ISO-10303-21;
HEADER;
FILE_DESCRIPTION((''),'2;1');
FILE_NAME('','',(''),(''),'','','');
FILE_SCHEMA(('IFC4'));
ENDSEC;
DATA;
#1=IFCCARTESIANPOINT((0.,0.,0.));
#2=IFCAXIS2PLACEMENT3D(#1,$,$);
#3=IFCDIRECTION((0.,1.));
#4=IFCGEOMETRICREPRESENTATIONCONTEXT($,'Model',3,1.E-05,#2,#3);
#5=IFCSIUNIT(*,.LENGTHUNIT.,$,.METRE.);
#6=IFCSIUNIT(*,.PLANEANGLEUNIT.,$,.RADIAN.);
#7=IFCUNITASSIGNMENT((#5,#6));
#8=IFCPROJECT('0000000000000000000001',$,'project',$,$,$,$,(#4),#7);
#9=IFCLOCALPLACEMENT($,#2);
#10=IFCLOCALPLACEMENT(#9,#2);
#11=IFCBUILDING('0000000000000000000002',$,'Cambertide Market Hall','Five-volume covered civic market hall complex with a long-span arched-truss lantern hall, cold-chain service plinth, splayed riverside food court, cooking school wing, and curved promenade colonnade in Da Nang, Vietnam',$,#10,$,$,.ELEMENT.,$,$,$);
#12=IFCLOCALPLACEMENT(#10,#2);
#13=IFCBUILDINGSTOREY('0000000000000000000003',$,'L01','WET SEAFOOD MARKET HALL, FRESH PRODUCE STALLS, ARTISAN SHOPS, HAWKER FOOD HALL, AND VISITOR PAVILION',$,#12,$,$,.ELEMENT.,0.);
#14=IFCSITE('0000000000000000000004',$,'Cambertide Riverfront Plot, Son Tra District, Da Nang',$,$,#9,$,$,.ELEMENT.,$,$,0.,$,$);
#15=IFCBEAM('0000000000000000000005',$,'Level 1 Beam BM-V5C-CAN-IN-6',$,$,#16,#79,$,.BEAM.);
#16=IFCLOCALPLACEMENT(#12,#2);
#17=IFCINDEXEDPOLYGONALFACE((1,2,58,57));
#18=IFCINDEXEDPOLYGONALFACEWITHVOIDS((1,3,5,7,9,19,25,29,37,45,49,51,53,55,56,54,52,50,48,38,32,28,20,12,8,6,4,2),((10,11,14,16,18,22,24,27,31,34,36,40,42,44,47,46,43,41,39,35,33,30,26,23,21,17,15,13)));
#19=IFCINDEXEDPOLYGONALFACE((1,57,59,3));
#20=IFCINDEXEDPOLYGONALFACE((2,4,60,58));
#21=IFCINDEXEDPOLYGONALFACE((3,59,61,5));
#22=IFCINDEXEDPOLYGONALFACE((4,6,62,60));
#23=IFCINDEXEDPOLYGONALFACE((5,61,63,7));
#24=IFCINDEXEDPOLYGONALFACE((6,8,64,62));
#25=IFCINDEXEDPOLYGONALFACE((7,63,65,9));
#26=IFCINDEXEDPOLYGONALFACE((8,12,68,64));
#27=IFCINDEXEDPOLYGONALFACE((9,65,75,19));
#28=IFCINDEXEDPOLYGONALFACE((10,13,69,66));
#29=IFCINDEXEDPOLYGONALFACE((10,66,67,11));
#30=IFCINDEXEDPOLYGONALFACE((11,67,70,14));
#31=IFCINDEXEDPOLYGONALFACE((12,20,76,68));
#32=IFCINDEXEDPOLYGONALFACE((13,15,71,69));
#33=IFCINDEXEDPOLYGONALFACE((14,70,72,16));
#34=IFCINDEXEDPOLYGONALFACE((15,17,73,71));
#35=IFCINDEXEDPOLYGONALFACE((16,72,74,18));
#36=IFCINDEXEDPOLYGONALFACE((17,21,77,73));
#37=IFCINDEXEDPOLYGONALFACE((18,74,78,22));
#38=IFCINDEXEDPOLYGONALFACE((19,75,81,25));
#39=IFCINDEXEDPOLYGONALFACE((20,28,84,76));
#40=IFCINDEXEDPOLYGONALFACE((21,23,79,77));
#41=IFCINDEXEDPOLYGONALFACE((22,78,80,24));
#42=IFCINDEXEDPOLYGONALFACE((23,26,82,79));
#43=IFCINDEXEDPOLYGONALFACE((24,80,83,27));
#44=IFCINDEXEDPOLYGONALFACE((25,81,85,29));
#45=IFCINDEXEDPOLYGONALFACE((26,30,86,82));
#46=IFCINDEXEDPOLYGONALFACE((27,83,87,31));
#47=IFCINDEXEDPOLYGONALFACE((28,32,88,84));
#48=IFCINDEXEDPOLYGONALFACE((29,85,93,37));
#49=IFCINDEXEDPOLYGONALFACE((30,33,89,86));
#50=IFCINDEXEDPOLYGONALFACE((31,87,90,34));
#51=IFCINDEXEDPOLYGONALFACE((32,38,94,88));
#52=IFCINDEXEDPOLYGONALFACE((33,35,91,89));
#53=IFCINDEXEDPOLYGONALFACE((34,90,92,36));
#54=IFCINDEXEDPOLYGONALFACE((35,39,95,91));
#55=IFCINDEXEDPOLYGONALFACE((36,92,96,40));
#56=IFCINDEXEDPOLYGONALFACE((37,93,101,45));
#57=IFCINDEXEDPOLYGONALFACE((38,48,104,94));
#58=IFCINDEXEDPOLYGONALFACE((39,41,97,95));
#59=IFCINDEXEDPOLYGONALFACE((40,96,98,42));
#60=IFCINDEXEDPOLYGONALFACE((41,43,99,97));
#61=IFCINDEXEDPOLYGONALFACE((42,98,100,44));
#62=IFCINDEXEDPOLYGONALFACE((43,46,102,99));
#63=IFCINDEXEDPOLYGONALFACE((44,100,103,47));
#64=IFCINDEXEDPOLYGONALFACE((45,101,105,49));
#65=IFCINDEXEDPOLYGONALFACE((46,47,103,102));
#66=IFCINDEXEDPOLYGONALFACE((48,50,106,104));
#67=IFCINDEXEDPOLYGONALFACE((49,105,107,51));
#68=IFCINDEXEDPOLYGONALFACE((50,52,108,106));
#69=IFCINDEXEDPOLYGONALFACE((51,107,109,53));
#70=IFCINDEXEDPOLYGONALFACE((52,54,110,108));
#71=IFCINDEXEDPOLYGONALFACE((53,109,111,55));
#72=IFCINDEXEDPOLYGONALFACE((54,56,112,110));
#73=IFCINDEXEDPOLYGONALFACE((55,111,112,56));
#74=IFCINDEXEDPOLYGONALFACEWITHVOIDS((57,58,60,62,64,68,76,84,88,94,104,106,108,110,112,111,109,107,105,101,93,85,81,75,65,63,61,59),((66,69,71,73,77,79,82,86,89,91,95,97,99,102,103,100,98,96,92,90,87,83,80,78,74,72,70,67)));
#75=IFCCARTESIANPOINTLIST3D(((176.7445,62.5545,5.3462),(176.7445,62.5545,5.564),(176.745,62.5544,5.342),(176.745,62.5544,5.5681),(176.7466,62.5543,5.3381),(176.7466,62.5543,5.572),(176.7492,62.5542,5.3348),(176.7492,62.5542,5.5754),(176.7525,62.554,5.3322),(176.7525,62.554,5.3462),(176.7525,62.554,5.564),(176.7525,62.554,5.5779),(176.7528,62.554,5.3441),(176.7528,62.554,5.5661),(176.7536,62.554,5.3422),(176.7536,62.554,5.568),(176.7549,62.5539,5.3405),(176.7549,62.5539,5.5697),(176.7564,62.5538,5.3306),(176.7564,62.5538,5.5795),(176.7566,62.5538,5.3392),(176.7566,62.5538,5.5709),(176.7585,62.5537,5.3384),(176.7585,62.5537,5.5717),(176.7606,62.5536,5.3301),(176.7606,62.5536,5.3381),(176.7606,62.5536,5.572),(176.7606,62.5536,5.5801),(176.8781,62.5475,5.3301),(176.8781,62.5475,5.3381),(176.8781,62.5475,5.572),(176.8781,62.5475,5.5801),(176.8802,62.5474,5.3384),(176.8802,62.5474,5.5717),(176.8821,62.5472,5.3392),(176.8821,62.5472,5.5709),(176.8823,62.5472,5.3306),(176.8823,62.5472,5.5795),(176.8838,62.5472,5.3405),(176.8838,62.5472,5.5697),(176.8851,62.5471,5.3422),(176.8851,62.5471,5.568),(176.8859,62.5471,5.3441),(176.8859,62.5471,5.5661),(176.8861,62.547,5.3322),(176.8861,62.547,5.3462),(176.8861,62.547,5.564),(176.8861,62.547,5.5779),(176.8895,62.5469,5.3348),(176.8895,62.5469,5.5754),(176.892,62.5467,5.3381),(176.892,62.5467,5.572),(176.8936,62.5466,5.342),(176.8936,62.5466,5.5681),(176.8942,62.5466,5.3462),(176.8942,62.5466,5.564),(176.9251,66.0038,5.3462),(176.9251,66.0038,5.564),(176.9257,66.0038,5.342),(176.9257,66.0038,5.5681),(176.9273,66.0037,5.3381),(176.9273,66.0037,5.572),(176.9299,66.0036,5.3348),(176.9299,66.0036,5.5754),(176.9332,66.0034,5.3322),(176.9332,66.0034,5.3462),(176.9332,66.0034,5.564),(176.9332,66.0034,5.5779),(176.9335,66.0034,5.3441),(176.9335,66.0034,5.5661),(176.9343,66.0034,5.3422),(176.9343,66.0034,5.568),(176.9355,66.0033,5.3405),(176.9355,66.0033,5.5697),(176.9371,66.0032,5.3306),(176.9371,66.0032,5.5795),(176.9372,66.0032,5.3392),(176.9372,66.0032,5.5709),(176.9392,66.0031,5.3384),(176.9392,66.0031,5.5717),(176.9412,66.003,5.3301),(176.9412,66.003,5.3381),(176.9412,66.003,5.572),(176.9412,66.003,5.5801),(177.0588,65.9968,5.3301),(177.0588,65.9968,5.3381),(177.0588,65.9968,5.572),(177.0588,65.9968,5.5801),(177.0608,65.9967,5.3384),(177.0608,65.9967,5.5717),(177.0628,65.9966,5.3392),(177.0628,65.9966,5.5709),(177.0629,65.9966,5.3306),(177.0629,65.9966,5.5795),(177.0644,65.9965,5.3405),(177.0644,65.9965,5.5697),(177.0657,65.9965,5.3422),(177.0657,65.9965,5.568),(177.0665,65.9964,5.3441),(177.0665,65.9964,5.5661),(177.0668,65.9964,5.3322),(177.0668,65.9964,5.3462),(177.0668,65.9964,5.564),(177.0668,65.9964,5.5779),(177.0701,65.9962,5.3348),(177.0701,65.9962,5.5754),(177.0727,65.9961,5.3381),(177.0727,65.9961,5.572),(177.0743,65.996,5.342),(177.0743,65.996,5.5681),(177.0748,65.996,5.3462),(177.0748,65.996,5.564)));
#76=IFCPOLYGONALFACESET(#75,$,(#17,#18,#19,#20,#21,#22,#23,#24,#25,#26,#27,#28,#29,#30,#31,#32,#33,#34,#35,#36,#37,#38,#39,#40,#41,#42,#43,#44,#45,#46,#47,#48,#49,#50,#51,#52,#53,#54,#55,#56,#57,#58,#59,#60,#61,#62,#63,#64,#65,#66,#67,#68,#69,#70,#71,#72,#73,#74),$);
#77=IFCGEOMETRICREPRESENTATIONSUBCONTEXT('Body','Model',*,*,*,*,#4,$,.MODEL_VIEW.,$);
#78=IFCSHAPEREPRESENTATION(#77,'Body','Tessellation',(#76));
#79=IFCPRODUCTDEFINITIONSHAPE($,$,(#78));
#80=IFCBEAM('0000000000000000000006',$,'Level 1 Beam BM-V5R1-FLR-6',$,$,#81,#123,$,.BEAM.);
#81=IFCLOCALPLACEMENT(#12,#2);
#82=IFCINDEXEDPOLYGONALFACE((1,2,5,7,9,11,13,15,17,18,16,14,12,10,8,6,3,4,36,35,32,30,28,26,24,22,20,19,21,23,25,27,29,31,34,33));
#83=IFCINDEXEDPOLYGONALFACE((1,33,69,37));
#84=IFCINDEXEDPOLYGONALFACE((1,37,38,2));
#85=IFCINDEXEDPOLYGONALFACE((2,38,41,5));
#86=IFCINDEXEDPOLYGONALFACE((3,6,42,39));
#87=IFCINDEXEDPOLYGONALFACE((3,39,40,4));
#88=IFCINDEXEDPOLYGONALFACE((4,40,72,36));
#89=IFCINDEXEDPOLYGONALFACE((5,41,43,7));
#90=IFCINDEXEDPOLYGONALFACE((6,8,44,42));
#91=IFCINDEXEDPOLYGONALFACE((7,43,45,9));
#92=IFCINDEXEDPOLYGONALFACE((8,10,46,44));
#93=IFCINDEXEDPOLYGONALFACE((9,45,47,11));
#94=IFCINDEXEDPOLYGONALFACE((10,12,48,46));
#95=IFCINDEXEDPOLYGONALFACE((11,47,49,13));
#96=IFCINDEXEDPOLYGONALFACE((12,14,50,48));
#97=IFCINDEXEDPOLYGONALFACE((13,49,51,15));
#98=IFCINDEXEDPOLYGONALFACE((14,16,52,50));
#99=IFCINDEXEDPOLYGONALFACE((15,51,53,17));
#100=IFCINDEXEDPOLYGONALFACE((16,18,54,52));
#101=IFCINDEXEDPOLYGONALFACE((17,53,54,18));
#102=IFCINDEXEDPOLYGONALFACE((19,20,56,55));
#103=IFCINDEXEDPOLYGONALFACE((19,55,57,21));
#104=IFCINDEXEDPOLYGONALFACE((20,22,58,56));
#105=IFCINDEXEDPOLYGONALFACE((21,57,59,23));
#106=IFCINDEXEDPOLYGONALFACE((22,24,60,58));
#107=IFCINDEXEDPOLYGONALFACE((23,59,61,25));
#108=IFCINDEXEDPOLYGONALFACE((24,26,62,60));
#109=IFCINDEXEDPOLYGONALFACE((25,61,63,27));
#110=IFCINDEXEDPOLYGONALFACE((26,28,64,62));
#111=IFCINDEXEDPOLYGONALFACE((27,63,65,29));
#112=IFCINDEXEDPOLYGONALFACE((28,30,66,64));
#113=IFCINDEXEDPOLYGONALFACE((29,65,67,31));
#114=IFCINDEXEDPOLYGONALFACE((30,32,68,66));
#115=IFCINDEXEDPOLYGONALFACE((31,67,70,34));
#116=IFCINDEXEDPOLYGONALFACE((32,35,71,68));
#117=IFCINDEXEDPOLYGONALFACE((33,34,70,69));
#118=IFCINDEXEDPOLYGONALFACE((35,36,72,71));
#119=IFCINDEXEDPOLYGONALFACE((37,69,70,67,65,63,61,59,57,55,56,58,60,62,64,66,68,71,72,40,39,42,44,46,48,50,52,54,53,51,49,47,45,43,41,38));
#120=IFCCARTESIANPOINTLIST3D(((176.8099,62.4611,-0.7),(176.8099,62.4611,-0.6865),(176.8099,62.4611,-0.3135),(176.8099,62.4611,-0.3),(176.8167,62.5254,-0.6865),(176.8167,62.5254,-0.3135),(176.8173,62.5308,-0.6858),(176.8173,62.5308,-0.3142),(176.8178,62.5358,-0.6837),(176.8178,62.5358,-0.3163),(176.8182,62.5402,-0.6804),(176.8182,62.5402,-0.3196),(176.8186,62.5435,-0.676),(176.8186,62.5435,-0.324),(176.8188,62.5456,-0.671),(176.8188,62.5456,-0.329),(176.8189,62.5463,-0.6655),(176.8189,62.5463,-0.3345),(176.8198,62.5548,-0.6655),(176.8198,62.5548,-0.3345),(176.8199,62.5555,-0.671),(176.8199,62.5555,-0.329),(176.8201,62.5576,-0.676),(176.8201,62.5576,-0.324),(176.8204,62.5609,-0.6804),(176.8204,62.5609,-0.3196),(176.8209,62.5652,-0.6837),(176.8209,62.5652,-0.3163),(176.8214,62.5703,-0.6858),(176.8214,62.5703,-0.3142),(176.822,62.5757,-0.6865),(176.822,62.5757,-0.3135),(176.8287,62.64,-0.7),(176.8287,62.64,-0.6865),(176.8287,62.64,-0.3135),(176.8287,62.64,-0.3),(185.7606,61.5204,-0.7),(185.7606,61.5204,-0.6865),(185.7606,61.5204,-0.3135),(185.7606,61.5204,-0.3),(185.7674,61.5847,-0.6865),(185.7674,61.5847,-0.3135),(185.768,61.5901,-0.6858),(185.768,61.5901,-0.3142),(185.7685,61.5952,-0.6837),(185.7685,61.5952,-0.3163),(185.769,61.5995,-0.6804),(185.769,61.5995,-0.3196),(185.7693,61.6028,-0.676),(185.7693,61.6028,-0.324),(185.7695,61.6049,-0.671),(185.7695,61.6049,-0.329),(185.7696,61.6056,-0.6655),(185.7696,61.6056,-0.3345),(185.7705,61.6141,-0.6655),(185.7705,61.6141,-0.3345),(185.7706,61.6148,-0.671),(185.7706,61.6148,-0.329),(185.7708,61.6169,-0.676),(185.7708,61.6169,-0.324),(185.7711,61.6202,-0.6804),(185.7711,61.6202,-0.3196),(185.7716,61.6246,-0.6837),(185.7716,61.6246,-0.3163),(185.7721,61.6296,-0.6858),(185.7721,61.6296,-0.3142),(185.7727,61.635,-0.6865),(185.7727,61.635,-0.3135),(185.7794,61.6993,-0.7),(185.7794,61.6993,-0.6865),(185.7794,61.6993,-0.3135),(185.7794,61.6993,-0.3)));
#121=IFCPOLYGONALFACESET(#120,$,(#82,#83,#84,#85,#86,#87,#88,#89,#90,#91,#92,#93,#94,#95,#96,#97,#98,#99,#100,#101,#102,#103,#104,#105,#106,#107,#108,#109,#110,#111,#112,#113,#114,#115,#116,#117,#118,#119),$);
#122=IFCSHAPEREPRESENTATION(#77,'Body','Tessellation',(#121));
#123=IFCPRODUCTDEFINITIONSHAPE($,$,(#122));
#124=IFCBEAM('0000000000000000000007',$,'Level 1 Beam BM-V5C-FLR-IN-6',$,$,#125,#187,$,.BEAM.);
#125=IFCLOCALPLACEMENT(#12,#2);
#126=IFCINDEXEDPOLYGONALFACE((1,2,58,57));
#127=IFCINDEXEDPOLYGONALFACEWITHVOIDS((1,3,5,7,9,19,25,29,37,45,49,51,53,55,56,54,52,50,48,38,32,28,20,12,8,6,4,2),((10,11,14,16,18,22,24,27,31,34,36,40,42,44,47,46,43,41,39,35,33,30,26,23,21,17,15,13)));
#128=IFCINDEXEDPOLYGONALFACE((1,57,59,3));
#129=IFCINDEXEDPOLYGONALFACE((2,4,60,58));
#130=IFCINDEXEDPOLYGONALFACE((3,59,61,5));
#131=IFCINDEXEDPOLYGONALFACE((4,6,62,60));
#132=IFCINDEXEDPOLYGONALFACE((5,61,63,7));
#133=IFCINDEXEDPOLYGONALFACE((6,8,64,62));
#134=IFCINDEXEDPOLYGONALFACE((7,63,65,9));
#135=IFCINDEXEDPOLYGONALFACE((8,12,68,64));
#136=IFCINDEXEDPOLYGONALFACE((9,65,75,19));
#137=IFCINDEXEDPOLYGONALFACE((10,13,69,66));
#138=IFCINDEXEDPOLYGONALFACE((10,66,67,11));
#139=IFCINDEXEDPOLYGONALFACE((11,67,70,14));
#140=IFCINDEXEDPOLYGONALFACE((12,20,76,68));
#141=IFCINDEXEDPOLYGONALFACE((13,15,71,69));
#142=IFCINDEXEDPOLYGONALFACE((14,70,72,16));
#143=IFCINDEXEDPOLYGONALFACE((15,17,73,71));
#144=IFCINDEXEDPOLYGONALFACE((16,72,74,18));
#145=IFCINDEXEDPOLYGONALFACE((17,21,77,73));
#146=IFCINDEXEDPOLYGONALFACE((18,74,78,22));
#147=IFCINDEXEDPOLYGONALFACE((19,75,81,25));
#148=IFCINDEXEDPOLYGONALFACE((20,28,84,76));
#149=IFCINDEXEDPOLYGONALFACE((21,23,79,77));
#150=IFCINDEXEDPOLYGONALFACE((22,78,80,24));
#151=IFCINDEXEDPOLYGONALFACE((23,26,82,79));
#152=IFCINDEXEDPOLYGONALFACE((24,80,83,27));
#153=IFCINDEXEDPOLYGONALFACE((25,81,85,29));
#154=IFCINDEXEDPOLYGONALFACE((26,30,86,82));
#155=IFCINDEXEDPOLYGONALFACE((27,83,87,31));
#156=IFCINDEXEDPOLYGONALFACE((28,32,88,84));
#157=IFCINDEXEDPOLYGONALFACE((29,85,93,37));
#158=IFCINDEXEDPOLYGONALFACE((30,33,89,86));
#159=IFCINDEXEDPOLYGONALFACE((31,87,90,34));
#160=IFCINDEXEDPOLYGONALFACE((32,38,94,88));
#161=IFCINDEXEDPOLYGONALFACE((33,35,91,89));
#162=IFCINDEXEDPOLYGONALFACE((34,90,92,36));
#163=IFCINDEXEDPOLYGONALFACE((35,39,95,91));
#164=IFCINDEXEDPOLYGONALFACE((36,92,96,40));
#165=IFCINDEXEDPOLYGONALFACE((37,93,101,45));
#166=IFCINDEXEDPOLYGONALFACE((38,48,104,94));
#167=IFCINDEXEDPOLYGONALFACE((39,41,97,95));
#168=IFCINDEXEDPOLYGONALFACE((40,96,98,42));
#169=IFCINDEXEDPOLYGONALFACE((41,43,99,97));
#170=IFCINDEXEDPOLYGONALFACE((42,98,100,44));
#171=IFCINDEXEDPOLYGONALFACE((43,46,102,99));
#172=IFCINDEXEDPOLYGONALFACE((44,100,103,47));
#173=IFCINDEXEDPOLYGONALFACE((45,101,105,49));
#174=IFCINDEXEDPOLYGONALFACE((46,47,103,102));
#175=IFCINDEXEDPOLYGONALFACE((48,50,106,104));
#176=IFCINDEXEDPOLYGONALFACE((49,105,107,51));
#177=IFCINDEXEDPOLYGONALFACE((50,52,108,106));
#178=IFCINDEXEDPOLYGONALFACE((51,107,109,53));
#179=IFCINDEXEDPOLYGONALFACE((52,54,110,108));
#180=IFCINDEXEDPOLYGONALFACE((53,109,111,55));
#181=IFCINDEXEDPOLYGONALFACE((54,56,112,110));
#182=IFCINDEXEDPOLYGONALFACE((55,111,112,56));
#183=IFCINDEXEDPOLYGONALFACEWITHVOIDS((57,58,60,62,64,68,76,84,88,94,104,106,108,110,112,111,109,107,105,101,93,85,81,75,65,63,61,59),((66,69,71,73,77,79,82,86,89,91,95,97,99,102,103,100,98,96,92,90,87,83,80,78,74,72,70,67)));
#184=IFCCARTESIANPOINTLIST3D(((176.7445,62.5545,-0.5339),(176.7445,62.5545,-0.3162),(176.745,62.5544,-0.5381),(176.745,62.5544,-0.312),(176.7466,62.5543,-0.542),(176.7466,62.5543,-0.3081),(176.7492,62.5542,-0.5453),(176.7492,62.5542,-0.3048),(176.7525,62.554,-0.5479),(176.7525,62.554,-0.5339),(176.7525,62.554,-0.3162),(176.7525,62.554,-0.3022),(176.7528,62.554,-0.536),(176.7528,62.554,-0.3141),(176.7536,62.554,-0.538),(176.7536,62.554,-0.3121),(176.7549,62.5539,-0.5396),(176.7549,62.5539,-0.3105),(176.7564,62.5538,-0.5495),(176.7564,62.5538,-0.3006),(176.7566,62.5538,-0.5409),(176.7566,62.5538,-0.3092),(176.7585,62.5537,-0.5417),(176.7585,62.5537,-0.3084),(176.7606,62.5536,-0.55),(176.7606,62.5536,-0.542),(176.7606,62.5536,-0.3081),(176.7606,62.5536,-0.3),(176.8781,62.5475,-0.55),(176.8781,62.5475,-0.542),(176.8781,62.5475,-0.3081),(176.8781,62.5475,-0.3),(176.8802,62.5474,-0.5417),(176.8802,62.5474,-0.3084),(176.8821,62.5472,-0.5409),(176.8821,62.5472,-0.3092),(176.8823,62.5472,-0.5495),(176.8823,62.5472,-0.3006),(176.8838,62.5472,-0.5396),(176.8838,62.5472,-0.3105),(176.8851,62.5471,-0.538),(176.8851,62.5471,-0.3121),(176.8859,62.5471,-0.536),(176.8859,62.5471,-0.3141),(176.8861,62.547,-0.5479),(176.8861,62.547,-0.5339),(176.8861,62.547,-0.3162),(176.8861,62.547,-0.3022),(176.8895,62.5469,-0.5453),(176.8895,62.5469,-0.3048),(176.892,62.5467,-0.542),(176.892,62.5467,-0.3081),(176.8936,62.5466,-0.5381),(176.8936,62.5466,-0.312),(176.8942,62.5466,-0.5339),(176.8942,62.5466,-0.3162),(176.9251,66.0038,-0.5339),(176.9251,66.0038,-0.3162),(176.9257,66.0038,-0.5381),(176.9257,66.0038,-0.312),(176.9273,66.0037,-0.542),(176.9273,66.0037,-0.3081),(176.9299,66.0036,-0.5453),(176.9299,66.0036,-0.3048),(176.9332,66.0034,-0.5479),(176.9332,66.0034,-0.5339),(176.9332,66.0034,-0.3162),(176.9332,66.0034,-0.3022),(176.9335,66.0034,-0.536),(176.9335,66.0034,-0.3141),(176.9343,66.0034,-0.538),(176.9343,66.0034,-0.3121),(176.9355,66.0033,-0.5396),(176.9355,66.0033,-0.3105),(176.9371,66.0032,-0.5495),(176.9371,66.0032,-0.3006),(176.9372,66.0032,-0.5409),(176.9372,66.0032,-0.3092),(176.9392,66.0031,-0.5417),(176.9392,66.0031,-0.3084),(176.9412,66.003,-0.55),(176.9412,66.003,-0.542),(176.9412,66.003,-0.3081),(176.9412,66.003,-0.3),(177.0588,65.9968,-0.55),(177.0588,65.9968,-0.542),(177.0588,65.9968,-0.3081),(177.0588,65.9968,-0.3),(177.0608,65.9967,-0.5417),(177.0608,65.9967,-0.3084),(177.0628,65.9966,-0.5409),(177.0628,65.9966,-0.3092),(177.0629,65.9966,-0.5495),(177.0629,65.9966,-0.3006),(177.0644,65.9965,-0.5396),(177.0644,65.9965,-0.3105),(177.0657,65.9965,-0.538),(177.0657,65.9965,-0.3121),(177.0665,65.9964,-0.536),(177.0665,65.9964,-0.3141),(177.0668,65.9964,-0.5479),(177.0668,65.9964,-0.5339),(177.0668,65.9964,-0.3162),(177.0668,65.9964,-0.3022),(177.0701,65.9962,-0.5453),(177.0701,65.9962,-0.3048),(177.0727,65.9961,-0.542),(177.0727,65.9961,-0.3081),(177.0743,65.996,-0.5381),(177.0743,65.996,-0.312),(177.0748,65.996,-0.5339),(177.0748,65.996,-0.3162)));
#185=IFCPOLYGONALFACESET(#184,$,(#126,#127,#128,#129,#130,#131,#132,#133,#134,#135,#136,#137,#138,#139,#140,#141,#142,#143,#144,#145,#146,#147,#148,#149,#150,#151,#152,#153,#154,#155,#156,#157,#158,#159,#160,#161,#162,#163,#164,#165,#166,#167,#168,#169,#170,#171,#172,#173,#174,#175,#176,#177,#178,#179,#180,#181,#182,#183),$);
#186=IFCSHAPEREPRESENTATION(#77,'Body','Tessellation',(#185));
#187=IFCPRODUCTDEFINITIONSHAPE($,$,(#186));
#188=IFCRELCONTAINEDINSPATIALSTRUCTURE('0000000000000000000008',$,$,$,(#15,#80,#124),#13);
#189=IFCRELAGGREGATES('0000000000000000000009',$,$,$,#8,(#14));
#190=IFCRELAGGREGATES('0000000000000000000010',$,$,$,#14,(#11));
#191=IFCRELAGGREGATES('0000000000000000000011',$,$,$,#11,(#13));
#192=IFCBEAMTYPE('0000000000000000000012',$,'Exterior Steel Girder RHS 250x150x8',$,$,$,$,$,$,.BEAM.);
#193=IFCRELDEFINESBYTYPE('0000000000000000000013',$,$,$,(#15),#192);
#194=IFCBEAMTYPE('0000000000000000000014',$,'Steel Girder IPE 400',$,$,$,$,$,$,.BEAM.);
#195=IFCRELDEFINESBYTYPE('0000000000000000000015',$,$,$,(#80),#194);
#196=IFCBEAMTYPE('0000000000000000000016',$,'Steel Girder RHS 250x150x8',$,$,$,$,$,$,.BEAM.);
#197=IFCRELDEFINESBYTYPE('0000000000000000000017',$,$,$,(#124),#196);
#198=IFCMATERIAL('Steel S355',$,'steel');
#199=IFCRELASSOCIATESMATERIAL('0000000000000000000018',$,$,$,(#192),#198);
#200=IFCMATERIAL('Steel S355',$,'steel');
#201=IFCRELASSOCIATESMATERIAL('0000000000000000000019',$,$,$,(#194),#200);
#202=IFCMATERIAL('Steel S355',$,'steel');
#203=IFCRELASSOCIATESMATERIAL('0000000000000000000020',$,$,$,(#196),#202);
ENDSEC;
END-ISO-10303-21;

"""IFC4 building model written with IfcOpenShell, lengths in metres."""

from ifc_helpers import new_model, si_unit, direction, frame, origin, origin_2d, place, context, subcontext, project, spatial, hollow_rectangle, i_section, extrude, material, material_profile, profile_set, type_object, element, save


model = new_model("IFC4")

# Units and contexts
model_context = context("Model", 3, precision=1e-05, world=origin(), true_north=direction((0.0, 1.0)))
body_context = subcontext(model_context, "Body", "Model", "MODEL_VIEW")
ifc_project = project(units=[si_unit("LENGTHUNIT", "METRE"), si_unit("PLANEANGLEUNIT", "RADIAN")], contexts=[model_context])

# Site, building, storey
site_placement = place(None, origin())
site = spatial("IfcSite", under=ifc_project, at=site_placement, Name="Cambertide Riverfront Plot, Son Tra District, Da Nang", CompositionType="ELEMENT", RefElevation=0.0)
building_placement = place(site_placement, origin())
building = spatial("IfcBuilding", under=site, at=building_placement, Name="Cambertide Market Hall", Description="Five-volume covered civic market hall complex with a long-span arched-truss lantern hall, cold-chain service plinth, splayed riverside food court, cooking school wing, and curved promenade colonnade in Da Nang, Vietnam", CompositionType="ELEMENT")
storey_placement = place(building_placement, origin())
storey = spatial("IfcBuildingStorey", under=building, at=storey_placement, Name="L01", Description="WET SEAFOOD MARKET HALL, FRESH PRODUCE STALLS, ARTISAN SHOPS, HAWKER FOOD HALL, AND VISITOR PAVILION", CompositionType="ELEMENT", Elevation=0.0)

# Beams
ifc_material_1 = material(Name="Steel S355", Category="steel")
ifc_material_profile_1 = material_profile(ifc_material_1, hollow_rectangle(XDim=0.1499, YDim=0.25, WallThickness=0.0081, InnerFilletRadius=0.0081, OuterFilletRadius=0.0161, at=origin_2d()), Name="RHS 250x150x8")
ifc_profile_set_1 = profile_set([ifc_material_profile_1], Name="Steel S355")
beam_type_1 = type_object("IfcBeamType", Name="Exterior Steel Girder RHS 250x150x8", PredefinedType="BEAM", material=ifc_profile_set_1)
beam_1_placement = place(storey_placement, frame((176.8193, 62.5505, 5.4551), z_axis=(0.052303, 0.998631, 0.0), x_axis=(-0.998631, 0.052303, 0.0)))
element("IfcBeam", 1, at=beam_1_placement, inside=storey, type_object=beam_type_1, Name="Level 1 Beam BM-V5C-CAN-IN-6", PredefinedType="BEAM", context=body_context, shape_type="SweptSolid", body=[
    extrude(hollow_rectangle(XDim=0.1499, YDim=0.25, WallThickness=0.0081, InnerFilletRadius=0.0081, OuterFilletRadius=0.0161, at=origin_2d()), origin(), (0.0, 0.0, 1.0), 3.4541),
])
ifc_material_2 = material(Name="Steel S355", Category="steel")
ifc_material_profile_2 = material_profile(ifc_material_2, i_section(OverallWidth=0.1799, OverallDepth=0.3999, WebThickness=0.0085, FlangeThickness=0.0134, FilletRadius=0.021, at=origin_2d()), Name="IPE 400")
ifc_profile_set_2 = profile_set([ifc_material_profile_2], Name="Steel S355")
beam_type_2 = type_object("IfcBeamType", Name="Steel Girder IPE 400", PredefinedType="BEAM", material=ifc_profile_set_2)
beam_2_placement = place(storey_placement, frame((176.8193, 62.5505, -0.5), z_axis=(0.994523, -0.10452, 0.0), x_axis=(0.10452, 0.994523, 0.0)))
element("IfcBeam", 2, at=beam_2_placement, inside=storey, type_object=beam_type_2, Name="Level 1 Beam BM-V5R1-FLR-6", PredefinedType="BEAM", context=body_context, shape_type="SweptSolid", body=[
    extrude(i_section(OverallWidth=0.1799, OverallDepth=0.3999, WebThickness=0.0085, FlangeThickness=0.0134, FilletRadius=0.021, at=origin_2d()), origin(), (0.0, 0.0, 1.0), 9.0),
])
ifc_material_3 = material(Name="Steel S355", Category="steel")
ifc_material_profile_3 = material_profile(ifc_material_3, hollow_rectangle(XDim=0.1499, YDim=0.25, WallThickness=0.0081, InnerFilletRadius=0.0081, OuterFilletRadius=0.0161, at=origin_2d()), Name="RHS 250x150x8")
ifc_profile_set_3 = profile_set([ifc_material_profile_3], Name="Steel S355")
beam_type_3 = type_object("IfcBeamType", Name="Steel Girder RHS 250x150x8", PredefinedType="BEAM", material=ifc_profile_set_3)
beam_3_placement = place(storey_placement, frame((176.8193, 62.5505, -0.425), z_axis=(0.052303, 0.998631, 0.0), x_axis=(-0.998631, 0.052303, 0.0)))
element("IfcBeam", 3, at=beam_3_placement, inside=storey, type_object=beam_type_3, Name="Level 1 Beam BM-V5C-FLR-IN-6", PredefinedType="BEAM", context=body_context, shape_type="SweptSolid", body=[
    extrude(hollow_rectangle(XDim=0.1499, YDim=0.25, WallThickness=0.0081, InnerFilletRadius=0.0081, OuterFilletRadius=0.0161, at=origin_2d()), origin(), (0.0, 0.0, 1.0), 3.4541),
])

save(model, "model.ifc")
